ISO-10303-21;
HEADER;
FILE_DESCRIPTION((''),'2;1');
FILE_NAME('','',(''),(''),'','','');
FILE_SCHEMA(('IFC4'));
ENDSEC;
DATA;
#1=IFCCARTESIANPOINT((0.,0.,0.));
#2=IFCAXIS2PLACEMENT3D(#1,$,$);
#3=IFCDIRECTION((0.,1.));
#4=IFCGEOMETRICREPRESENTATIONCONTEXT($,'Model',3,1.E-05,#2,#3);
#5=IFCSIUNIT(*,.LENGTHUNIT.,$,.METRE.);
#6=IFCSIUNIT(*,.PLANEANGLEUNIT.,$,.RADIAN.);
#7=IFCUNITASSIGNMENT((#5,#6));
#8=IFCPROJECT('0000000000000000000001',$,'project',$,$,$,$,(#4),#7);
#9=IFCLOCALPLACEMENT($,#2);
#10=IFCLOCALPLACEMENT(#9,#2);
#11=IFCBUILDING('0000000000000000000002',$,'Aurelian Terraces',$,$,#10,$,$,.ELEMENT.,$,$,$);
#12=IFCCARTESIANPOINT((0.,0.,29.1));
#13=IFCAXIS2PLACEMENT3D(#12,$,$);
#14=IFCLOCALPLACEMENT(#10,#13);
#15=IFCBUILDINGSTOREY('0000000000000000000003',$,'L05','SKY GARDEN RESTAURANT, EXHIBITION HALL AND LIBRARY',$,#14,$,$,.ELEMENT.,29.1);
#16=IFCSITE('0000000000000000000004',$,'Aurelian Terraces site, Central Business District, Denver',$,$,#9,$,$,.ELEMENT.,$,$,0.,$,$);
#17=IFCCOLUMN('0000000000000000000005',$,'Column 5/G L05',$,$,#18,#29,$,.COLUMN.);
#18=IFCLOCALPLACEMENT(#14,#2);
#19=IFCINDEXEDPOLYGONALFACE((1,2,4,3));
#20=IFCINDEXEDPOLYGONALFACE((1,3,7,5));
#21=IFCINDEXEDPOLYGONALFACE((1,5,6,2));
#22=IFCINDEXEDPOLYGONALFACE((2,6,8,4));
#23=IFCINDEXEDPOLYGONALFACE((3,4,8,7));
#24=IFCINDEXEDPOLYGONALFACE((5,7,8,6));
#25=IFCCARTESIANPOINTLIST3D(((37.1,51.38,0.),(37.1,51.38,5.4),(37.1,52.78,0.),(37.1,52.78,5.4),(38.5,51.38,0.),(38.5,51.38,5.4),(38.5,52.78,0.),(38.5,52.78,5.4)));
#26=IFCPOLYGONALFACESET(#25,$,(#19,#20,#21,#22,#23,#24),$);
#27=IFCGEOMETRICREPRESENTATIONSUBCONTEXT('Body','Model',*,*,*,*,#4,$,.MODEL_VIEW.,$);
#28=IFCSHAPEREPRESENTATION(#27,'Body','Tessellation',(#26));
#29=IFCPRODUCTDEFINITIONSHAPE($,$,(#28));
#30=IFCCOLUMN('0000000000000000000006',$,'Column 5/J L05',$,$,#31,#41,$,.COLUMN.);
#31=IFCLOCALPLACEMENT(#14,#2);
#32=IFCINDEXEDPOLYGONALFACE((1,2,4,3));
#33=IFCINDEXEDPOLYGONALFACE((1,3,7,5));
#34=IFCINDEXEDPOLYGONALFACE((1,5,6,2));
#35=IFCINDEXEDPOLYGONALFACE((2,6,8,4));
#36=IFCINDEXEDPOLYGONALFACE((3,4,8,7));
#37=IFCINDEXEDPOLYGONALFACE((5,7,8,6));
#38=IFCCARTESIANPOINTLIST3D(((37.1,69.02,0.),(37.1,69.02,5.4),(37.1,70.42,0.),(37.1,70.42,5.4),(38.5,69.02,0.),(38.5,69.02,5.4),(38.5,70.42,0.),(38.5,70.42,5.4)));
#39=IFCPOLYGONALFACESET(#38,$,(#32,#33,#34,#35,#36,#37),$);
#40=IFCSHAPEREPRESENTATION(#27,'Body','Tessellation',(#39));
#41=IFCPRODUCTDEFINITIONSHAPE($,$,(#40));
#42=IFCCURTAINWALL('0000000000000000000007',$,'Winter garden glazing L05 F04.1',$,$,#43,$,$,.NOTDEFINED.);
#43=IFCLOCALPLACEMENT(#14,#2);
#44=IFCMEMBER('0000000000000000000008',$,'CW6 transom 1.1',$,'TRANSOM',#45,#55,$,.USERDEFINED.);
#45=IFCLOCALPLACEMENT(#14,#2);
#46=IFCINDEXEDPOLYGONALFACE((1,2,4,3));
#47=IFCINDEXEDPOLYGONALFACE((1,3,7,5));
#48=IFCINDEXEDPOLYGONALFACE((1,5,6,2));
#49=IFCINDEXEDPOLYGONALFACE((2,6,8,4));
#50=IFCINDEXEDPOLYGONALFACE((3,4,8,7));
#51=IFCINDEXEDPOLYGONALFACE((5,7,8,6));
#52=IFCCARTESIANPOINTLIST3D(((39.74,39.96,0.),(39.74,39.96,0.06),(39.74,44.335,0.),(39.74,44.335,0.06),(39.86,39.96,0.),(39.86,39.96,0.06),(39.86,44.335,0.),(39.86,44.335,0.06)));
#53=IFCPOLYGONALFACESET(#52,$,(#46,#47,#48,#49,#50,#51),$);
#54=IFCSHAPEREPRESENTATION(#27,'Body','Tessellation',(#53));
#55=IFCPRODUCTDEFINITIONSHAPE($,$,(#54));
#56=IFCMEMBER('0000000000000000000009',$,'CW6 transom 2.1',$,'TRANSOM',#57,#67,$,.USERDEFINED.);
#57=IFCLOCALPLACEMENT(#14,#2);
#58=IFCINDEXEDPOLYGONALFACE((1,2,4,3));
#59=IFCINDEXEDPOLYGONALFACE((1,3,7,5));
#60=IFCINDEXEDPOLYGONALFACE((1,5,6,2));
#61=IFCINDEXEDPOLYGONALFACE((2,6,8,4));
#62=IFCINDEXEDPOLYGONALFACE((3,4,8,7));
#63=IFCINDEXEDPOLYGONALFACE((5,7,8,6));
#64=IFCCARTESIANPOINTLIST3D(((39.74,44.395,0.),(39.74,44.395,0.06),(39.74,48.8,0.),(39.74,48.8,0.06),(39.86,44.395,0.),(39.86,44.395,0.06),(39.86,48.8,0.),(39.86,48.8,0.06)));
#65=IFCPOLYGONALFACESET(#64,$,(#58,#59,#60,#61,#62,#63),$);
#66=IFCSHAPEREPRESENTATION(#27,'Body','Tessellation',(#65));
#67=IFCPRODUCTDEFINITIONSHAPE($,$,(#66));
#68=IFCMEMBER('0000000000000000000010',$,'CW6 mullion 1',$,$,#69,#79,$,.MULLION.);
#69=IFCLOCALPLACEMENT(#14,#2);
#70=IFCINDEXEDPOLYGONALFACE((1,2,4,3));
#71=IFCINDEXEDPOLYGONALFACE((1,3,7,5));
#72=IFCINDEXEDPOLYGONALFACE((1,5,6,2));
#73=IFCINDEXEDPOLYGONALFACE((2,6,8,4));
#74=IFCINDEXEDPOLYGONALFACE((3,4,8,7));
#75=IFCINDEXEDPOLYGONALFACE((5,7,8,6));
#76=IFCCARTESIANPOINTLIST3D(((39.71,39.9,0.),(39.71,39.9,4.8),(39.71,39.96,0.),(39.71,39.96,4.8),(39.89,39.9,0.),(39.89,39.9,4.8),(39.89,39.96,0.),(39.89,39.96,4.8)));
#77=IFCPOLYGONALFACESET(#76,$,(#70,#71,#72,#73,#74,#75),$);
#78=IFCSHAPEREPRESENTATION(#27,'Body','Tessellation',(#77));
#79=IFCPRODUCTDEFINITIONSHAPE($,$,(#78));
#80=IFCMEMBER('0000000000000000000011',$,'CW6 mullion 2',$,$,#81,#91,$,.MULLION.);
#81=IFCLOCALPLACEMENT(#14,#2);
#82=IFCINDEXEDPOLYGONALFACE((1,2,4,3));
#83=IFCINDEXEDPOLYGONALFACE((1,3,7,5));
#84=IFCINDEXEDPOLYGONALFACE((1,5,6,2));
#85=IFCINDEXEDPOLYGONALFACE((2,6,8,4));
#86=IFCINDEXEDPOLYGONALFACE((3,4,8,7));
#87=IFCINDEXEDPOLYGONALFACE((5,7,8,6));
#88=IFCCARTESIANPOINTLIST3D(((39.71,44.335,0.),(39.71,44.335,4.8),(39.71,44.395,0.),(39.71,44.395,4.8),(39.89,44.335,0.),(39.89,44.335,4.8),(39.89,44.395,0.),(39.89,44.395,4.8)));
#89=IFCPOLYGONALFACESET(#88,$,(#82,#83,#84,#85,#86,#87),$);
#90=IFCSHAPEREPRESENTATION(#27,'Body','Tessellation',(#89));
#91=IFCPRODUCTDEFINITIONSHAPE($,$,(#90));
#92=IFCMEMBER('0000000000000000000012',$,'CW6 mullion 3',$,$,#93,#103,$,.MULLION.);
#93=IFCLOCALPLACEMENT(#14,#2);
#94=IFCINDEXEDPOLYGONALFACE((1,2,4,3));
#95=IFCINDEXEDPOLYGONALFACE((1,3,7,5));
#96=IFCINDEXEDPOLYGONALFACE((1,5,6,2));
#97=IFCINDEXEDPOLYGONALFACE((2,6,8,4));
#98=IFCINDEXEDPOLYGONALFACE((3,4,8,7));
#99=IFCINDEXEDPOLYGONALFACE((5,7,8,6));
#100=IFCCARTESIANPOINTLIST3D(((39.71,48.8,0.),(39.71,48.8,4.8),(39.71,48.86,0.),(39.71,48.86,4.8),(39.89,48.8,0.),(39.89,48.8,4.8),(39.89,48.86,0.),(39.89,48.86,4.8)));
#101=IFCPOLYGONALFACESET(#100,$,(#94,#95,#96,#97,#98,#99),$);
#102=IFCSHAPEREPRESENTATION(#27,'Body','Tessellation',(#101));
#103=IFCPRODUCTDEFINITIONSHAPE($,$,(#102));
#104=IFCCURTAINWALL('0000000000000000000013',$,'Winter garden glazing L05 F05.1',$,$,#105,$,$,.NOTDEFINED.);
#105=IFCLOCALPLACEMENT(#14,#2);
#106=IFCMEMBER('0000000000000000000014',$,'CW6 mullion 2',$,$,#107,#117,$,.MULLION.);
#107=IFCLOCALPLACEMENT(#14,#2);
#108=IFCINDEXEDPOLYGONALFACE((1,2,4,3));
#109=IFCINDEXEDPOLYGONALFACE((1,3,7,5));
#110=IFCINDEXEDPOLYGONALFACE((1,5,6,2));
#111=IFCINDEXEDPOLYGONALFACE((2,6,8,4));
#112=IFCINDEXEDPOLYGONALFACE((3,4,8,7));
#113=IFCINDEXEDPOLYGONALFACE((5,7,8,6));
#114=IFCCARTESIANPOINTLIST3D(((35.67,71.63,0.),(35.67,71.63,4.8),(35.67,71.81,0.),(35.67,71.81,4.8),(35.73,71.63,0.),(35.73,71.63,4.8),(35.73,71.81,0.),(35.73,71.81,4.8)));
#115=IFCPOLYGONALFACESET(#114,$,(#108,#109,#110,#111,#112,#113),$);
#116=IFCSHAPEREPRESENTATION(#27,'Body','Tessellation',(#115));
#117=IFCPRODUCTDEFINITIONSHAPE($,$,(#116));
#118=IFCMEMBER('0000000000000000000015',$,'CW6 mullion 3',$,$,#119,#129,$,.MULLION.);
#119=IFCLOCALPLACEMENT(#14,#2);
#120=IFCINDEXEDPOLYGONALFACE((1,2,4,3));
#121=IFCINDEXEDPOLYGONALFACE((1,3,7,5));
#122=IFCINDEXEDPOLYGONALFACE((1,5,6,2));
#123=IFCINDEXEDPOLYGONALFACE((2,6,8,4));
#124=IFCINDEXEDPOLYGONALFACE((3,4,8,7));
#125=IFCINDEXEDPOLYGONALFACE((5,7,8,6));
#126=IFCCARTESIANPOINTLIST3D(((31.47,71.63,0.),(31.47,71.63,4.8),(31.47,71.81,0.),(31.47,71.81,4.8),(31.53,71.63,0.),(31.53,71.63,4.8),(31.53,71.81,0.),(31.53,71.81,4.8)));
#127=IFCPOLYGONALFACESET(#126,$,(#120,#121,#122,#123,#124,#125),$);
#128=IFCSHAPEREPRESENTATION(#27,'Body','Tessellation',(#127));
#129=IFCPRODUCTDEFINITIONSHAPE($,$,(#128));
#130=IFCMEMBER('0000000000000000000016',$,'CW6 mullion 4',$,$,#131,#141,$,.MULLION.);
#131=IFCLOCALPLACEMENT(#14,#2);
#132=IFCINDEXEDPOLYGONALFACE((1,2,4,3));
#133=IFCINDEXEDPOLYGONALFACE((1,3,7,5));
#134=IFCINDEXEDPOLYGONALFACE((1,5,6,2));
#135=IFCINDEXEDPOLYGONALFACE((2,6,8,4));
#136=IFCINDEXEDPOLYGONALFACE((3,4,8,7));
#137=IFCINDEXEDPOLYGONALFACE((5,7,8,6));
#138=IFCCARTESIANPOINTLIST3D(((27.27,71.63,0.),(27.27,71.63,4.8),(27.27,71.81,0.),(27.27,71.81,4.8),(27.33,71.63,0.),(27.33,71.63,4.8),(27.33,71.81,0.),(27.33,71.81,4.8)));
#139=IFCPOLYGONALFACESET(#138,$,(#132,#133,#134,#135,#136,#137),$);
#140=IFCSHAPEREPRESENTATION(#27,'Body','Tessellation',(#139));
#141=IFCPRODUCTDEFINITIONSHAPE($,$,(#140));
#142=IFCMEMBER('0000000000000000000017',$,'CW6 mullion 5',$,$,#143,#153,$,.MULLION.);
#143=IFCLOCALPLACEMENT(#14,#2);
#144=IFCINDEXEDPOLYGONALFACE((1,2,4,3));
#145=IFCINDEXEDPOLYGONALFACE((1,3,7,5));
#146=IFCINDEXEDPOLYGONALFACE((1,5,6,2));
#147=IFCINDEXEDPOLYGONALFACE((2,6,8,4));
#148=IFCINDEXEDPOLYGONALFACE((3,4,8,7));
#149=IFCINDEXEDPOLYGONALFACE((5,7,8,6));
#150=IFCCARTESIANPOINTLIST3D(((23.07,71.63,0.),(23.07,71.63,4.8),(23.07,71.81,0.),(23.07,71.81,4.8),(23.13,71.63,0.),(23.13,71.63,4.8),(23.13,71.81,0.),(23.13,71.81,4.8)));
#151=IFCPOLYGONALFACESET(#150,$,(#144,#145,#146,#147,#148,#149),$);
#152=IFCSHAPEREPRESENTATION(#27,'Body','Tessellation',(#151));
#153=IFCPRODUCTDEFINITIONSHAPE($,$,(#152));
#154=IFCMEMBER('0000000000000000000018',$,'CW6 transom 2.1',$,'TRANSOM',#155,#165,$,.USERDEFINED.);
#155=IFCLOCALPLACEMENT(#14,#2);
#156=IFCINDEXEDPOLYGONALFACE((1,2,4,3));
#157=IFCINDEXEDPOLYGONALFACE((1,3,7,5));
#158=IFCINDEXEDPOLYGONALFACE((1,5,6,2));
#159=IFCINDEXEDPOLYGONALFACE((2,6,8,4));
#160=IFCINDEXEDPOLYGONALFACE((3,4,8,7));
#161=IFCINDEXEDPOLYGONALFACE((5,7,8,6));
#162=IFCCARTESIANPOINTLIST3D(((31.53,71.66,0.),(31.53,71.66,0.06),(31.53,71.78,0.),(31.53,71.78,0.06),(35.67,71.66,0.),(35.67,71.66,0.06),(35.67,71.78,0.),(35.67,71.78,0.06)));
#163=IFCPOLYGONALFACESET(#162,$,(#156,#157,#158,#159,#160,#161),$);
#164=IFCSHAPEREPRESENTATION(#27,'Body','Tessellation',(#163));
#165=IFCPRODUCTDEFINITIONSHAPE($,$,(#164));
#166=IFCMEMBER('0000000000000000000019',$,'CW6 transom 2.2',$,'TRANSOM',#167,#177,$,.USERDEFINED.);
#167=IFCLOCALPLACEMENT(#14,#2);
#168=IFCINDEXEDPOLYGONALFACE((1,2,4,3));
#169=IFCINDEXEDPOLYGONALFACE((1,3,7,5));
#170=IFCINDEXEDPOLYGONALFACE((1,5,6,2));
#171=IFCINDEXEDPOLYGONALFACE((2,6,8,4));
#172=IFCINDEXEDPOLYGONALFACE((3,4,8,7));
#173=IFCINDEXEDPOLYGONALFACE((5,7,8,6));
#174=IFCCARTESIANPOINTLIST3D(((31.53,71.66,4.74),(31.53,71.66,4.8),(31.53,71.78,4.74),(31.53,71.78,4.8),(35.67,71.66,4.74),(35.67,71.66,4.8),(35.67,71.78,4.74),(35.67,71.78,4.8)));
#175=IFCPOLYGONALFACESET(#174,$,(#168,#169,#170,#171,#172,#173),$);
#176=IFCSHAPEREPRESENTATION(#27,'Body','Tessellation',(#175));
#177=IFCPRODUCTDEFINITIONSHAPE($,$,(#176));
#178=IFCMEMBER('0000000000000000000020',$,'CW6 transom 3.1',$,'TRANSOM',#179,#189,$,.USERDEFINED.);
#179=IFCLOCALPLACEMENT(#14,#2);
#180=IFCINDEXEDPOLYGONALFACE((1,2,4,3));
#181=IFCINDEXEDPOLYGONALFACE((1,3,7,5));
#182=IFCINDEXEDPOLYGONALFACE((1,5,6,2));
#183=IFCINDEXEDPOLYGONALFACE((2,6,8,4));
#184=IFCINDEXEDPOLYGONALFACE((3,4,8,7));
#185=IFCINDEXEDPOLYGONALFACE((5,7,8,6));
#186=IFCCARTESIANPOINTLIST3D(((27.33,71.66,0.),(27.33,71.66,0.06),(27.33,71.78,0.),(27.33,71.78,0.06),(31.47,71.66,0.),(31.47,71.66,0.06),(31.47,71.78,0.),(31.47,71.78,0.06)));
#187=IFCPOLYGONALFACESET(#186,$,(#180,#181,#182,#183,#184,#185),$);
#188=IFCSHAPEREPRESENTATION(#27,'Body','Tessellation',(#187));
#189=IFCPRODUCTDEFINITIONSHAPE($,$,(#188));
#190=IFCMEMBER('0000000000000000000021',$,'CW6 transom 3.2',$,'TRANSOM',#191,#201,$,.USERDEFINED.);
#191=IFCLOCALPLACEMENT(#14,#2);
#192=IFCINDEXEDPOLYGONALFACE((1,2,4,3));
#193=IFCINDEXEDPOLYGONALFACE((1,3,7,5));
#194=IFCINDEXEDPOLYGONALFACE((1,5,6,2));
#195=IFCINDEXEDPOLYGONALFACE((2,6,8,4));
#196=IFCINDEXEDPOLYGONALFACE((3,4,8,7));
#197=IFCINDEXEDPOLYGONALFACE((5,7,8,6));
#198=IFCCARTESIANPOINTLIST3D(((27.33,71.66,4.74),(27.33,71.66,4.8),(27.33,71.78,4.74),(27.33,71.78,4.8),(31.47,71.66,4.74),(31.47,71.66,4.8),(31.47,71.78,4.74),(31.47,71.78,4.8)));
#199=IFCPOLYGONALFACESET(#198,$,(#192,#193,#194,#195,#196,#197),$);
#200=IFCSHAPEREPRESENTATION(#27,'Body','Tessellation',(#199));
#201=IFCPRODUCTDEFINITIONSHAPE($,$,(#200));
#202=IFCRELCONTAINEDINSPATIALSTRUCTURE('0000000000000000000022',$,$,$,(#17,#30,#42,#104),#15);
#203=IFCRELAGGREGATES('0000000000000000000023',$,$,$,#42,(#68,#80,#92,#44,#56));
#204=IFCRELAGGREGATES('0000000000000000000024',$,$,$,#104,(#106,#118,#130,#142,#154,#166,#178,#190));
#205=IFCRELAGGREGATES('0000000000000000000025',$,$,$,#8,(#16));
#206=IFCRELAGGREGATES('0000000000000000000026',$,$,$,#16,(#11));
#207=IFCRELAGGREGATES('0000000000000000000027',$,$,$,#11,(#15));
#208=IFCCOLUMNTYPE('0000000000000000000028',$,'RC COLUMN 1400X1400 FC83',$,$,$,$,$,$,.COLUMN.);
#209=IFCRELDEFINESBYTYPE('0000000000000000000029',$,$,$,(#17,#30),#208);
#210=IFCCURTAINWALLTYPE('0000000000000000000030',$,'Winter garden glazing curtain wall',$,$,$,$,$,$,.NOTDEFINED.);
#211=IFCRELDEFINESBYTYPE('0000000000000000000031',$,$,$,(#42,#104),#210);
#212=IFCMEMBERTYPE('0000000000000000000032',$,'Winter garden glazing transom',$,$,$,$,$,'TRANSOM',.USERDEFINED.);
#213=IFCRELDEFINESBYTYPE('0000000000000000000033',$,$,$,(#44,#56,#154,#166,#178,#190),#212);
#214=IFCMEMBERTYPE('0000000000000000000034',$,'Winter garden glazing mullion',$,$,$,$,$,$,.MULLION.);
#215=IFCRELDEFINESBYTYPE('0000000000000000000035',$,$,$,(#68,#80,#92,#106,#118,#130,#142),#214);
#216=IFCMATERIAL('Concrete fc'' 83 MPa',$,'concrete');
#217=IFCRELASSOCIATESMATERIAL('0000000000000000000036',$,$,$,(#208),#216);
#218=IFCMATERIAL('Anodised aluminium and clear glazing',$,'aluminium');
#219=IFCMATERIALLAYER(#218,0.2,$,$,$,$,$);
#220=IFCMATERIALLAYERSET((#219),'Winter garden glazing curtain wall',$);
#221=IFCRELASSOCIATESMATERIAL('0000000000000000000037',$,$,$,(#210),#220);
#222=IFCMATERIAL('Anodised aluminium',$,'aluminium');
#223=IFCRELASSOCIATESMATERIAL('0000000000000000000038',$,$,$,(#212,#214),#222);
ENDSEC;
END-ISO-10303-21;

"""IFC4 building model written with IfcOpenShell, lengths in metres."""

from ifc_helpers import new_model, si_unit, direction, frame, origin, origin_2d, place, context, subcontext, project, spatial, rectangle, extrude, source, transform, mapped, material, layer, layer_set, material_profile, profile_set, type_object, element, aggregate, save


model = new_model("IFC4")

# Units and contexts
model_context = context("Model", 3, precision=1e-05, world=origin(), true_north=direction((0.0, 1.0)))
body_context = subcontext(model_context, "Body", "Model", "MODEL_VIEW")
ifc_project = project(units=[si_unit("LENGTHUNIT", "METRE"), si_unit("PLANEANGLEUNIT", "RADIAN")], contexts=[model_context])

# Site, building, storey
site_placement = place(None, origin())
site = spatial("IfcSite", under=ifc_project, at=site_placement, Name="Aurelian Terraces site, Central Business District, Denver", CompositionType="ELEMENT", RefElevation=0.0)
building_placement = place(site_placement, origin())
building = spatial("IfcBuilding", under=site, at=building_placement, Name="Aurelian Terraces", CompositionType="ELEMENT")
storey_placement = place(building_placement, frame((0.0, 0.0, 29.1)))
storey = spatial("IfcBuildingStorey", under=building, at=storey_placement, Name="L05", Description="SKY GARDEN RESTAURANT, EXHIBITION HALL AND LIBRARY", CompositionType="ELEMENT", Elevation=29.1)

# Columns
ifc_material_1 = material(Name="Concrete fc' 83 MPa", Category="concrete")
ifc_material_profile_1 = material_profile(ifc_material_1, rectangle(XDim=1.4, YDim=1.4, at=origin_2d()))
ifc_profile_set_1 = profile_set([ifc_material_profile_1], Name="Concrete fc' 83 MPa")
column_type = type_object("IfcColumnType", Name="RC COLUMN 1400X1400 FC83", PredefinedType="COLUMN", material=ifc_profile_set_1)
shared_shape_1 = source(origin(), body_context, "Body", "SweptSolid", [
    extrude(rectangle(XDim=1.4, YDim=1.4, at=origin_2d()), origin(), (0.0, 0.0, 1.0), 5.4),
])
for number, where, z_axis, x_axis, name in (
    (1, (37.8, 52.08, 0.0), (0.0, 0.0, 1.0), (1.0, 0.0, 0.0), "Column 5/G L05"),
    (2, (37.8, 69.72, 0.0), (0.0, 0.0, 1.0), (1.0, 0.0, 0.0), "Column 5/J L05"),
):
    element("IfcColumn", number, at=place(storey_placement, frame(where, z_axis=z_axis, x_axis=x_axis)), inside=storey, type_object=column_type, Name=name, PredefinedType="COLUMN", context=body_context, shape_type="MappedRepresentation", body=[
        mapped(shared_shape_1, transform((0.0, 0.0, 0.0), scale=1.0)),
    ])

# Curtain walls, members
ifc_material_2 = material(Name="Anodised aluminium and clear glazing", Category="aluminium")
ifc_layer_1 = layer(ifc_material_2, 0.2)
ifc_layer_set_1 = layer_set([ifc_layer_1], Name="Winter garden glazing curtain wall")
curtain_wall_type = type_object("IfcCurtainWallType", Name="Winter garden glazing curtain wall", PredefinedType="NOTDEFINED", material=ifc_layer_set_1)
curtain_wall_1_placement = place(storey_placement, origin())
curtain_wall_1 = element("IfcCurtainWall", 3, at=curtain_wall_1_placement, inside=storey, type_object=curtain_wall_type, Name="Winter garden glazing L05 F04.1", PredefinedType="NOTDEFINED")
ifc_material_3 = material(Name="Anodised aluminium", Category="aluminium")
ifc_material_profile_2 = material_profile(ifc_material_3, rectangle(XDim=0.12, YDim=0.06, at=origin_2d()))
ifc_profile_set_2 = profile_set([ifc_material_profile_2], Name="Anodised aluminium")
member_type_1 = type_object("IfcMemberType", Name="Winter garden glazing transom", ElementType="TRANSOM", PredefinedType="USERDEFINED", material=ifc_profile_set_2)
member_1_placement = place(storey_placement, frame((39.8, 39.96, 0.03), z_axis=(0.0, 1.0, 0.0), x_axis=(-1.0, 0.0, 0.0)))
member_1 = element("IfcMember", 4, at=member_1_placement, type_object=member_type_1, Name="CW6 transom 1.1", ObjectType="TRANSOM", PredefinedType="USERDEFINED", context=body_context, shape_type="SweptSolid", body=[
    extrude(rectangle(XDim=0.12, YDim=0.06, at=origin_2d()), origin(), (0.0, 0.0, 1.0), 4.375),
])
member_2_placement = place(storey_placement, frame((39.8, 44.395, 0.03), z_axis=(0.0, 1.0, 0.0), x_axis=(-1.0, 0.0, 0.0)))
member_2 = element("IfcMember", 5, at=member_2_placement, type_object=member_type_1, Name="CW6 transom 2.1", ObjectType="TRANSOM", PredefinedType="USERDEFINED", context=body_context, shape_type="SweptSolid", body=[
    extrude(rectangle(XDim=0.12, YDim=0.06, at=origin_2d()), origin(), (0.0, 0.0, 1.0), 4.405),
])
ifc_material_profile_3 = material_profile(ifc_material_3, rectangle(XDim=0.18, YDim=0.06, at=origin_2d()))
ifc_profile_set_3 = profile_set([ifc_material_profile_3], Name="Anodised aluminium")
member_type_2 = type_object("IfcMemberType", Name="Winter garden glazing mullion", PredefinedType="MULLION", material=ifc_profile_set_3)
shared_shape_2 = source(origin(), body_context, "Body", "SweptSolid", [
    extrude(rectangle(XDim=0.18, YDim=0.06, at=origin_2d()), origin(), (0.0, 0.0, 1.0), 4.8),
])
member_3_placement = place(storey_placement, frame((39.8, 39.93, 0.0), z_axis=(0.0, 0.0, 1.0), x_axis=(-1.0, 0.0, 0.0)))
member_3 = element("IfcMember", 6, at=member_3_placement, type_object=member_type_2, Name="CW6 mullion 1", PredefinedType="MULLION", context=body_context, shape_type="MappedRepresentation", body=[
    mapped(shared_shape_2, transform((0.0, 0.0, 0.0), scale=1.0)),
])
member_4_placement = place(storey_placement, frame((39.8, 44.365, 0.0), z_axis=(0.0, 0.0, 1.0), x_axis=(-1.0, 0.0, 0.0)))
member_4 = element("IfcMember", 7, at=member_4_placement, type_object=member_type_2, Name="CW6 mullion 2", PredefinedType="MULLION", context=body_context, shape_type="MappedRepresentation", body=[
    mapped(shared_shape_2, transform((0.0, 0.0, 0.0), scale=1.0)),
])
member_5_placement = place(storey_placement, frame((39.8, 48.83, 0.0), z_axis=(0.0, 0.0, 1.0), x_axis=(-1.0, 0.0, 0.0)))
member_5 = element("IfcMember", 8, at=member_5_placement, type_object=member_type_2, Name="CW6 mullion 3", PredefinedType="MULLION", context=body_context, shape_type="MappedRepresentation", body=[
    mapped(shared_shape_2, transform((0.0, 0.0, 0.0), scale=1.0)),
])
curtain_wall_2_placement = place(storey_placement, origin())
curtain_wall_2 = element("IfcCurtainWall", 9, at=curtain_wall_2_placement, inside=storey, type_object=curtain_wall_type, Name="Winter garden glazing L05 F05.1", PredefinedType="NOTDEFINED")
member_6_placement = place(storey_placement, frame((35.7, 71.72, 0.0), z_axis=(0.0, 0.0, 1.0), x_axis=(0.0, -1.0, 0.0)))
member_6 = element("IfcMember", 10, at=member_6_placement, type_object=member_type_2, Name="CW6 mullion 2", PredefinedType="MULLION", context=body_context, shape_type="MappedRepresentation", body=[
    mapped(shared_shape_2, transform((0.0, 0.0, 0.0), scale=1.0)),
])
member_7_placement = place(storey_placement, frame((31.5, 71.72, 0.0), z_axis=(0.0, 0.0, 1.0), x_axis=(0.0, -1.0, 0.0)))
member_7 = element("IfcMember", 11, at=member_7_placement, type_object=member_type_2, Name="CW6 mullion 3", PredefinedType="MULLION", context=body_context, shape_type="MappedRepresentation", body=[
    mapped(shared_shape_2, transform((0.0, 0.0, 0.0), scale=1.0)),
])
member_8_placement = place(storey_placement, frame((27.3, 71.72, 0.0), z_axis=(0.0, 0.0, 1.0), x_axis=(0.0, -1.0, 0.0)))
member_8 = element("IfcMember", 12, at=member_8_placement, type_object=member_type_2, Name="CW6 mullion 4", PredefinedType="MULLION", context=body_context, shape_type="MappedRepresentation", body=[
    mapped(shared_shape_2, transform((0.0, 0.0, 0.0), scale=1.0)),
])
member_9_placement = place(storey_placement, frame((23.1, 71.72, 0.0), z_axis=(0.0, 0.0, 1.0), x_axis=(0.0, -1.0, 0.0)))
member_9 = element("IfcMember", 13, at=member_9_placement, type_object=member_type_2, Name="CW6 mullion 5", PredefinedType="MULLION", context=body_context, shape_type="MappedRepresentation", body=[
    mapped(shared_shape_2, transform((0.0, 0.0, 0.0), scale=1.0)),
])
shared_shape_3 = source(origin(), body_context, "Body", "SweptSolid", [
    extrude(rectangle(XDim=0.12, YDim=0.06, at=origin_2d()), origin(), (0.0, 0.0, 1.0), 4.14),
])
member_10_placement = place(storey_placement, frame((35.67, 71.72, 0.03), z_axis=(-1.0, 0.0, 0.0), x_axis=(0.0, -1.0, 0.0)))
member_10 = element("IfcMember", 14, at=member_10_placement, type_object=member_type_1, Name="CW6 transom 2.1", ObjectType="TRANSOM", PredefinedType="USERDEFINED", context=body_context, shape_type="MappedRepresentation", body=[
    mapped(shared_shape_3, transform((0.0, 0.0, 0.0), scale=1.0)),
])
member_11_placement = place(storey_placement, frame((35.67, 71.72, 4.77), z_axis=(-1.0, 0.0, 0.0), x_axis=(0.0, -1.0, 0.0)))
member_11 = element("IfcMember", 15, at=member_11_placement, type_object=member_type_1, Name="CW6 transom 2.2", ObjectType="TRANSOM", PredefinedType="USERDEFINED", context=body_context, shape_type="MappedRepresentation", body=[
    mapped(shared_shape_3, transform((0.0, 0.0, 0.0), scale=1.0)),
])
member_12_placement = place(storey_placement, frame((31.47, 71.72, 0.03), z_axis=(-1.0, 0.0, 0.0), x_axis=(0.0, -1.0, 0.0)))
member_12 = element("IfcMember", 16, at=member_12_placement, type_object=member_type_1, Name="CW6 transom 3.1", ObjectType="TRANSOM", PredefinedType="USERDEFINED", context=body_context, shape_type="MappedRepresentation", body=[
    mapped(shared_shape_3, transform((0.0, 0.0, 0.0), scale=1.0)),
])
member_13_placement = place(storey_placement, frame((31.47, 71.72, 4.77), z_axis=(-1.0, 0.0, 0.0), x_axis=(0.0, -1.0, 0.0)))
member_13 = element("IfcMember", 17, at=member_13_placement, type_object=member_type_1, Name="CW6 transom 3.2", ObjectType="TRANSOM", PredefinedType="USERDEFINED", context=body_context, shape_type="MappedRepresentation", body=[
    mapped(shared_shape_3, transform((0.0, 0.0, 0.0), scale=1.0)),
])

aggregate(curtain_wall_1, [member_3, member_4, member_5, member_1, member_2])
aggregate(curtain_wall_2, [member_6, member_7, member_8, member_9, member_10, member_11, member_12, member_13])

save(model, "model.ifc")
